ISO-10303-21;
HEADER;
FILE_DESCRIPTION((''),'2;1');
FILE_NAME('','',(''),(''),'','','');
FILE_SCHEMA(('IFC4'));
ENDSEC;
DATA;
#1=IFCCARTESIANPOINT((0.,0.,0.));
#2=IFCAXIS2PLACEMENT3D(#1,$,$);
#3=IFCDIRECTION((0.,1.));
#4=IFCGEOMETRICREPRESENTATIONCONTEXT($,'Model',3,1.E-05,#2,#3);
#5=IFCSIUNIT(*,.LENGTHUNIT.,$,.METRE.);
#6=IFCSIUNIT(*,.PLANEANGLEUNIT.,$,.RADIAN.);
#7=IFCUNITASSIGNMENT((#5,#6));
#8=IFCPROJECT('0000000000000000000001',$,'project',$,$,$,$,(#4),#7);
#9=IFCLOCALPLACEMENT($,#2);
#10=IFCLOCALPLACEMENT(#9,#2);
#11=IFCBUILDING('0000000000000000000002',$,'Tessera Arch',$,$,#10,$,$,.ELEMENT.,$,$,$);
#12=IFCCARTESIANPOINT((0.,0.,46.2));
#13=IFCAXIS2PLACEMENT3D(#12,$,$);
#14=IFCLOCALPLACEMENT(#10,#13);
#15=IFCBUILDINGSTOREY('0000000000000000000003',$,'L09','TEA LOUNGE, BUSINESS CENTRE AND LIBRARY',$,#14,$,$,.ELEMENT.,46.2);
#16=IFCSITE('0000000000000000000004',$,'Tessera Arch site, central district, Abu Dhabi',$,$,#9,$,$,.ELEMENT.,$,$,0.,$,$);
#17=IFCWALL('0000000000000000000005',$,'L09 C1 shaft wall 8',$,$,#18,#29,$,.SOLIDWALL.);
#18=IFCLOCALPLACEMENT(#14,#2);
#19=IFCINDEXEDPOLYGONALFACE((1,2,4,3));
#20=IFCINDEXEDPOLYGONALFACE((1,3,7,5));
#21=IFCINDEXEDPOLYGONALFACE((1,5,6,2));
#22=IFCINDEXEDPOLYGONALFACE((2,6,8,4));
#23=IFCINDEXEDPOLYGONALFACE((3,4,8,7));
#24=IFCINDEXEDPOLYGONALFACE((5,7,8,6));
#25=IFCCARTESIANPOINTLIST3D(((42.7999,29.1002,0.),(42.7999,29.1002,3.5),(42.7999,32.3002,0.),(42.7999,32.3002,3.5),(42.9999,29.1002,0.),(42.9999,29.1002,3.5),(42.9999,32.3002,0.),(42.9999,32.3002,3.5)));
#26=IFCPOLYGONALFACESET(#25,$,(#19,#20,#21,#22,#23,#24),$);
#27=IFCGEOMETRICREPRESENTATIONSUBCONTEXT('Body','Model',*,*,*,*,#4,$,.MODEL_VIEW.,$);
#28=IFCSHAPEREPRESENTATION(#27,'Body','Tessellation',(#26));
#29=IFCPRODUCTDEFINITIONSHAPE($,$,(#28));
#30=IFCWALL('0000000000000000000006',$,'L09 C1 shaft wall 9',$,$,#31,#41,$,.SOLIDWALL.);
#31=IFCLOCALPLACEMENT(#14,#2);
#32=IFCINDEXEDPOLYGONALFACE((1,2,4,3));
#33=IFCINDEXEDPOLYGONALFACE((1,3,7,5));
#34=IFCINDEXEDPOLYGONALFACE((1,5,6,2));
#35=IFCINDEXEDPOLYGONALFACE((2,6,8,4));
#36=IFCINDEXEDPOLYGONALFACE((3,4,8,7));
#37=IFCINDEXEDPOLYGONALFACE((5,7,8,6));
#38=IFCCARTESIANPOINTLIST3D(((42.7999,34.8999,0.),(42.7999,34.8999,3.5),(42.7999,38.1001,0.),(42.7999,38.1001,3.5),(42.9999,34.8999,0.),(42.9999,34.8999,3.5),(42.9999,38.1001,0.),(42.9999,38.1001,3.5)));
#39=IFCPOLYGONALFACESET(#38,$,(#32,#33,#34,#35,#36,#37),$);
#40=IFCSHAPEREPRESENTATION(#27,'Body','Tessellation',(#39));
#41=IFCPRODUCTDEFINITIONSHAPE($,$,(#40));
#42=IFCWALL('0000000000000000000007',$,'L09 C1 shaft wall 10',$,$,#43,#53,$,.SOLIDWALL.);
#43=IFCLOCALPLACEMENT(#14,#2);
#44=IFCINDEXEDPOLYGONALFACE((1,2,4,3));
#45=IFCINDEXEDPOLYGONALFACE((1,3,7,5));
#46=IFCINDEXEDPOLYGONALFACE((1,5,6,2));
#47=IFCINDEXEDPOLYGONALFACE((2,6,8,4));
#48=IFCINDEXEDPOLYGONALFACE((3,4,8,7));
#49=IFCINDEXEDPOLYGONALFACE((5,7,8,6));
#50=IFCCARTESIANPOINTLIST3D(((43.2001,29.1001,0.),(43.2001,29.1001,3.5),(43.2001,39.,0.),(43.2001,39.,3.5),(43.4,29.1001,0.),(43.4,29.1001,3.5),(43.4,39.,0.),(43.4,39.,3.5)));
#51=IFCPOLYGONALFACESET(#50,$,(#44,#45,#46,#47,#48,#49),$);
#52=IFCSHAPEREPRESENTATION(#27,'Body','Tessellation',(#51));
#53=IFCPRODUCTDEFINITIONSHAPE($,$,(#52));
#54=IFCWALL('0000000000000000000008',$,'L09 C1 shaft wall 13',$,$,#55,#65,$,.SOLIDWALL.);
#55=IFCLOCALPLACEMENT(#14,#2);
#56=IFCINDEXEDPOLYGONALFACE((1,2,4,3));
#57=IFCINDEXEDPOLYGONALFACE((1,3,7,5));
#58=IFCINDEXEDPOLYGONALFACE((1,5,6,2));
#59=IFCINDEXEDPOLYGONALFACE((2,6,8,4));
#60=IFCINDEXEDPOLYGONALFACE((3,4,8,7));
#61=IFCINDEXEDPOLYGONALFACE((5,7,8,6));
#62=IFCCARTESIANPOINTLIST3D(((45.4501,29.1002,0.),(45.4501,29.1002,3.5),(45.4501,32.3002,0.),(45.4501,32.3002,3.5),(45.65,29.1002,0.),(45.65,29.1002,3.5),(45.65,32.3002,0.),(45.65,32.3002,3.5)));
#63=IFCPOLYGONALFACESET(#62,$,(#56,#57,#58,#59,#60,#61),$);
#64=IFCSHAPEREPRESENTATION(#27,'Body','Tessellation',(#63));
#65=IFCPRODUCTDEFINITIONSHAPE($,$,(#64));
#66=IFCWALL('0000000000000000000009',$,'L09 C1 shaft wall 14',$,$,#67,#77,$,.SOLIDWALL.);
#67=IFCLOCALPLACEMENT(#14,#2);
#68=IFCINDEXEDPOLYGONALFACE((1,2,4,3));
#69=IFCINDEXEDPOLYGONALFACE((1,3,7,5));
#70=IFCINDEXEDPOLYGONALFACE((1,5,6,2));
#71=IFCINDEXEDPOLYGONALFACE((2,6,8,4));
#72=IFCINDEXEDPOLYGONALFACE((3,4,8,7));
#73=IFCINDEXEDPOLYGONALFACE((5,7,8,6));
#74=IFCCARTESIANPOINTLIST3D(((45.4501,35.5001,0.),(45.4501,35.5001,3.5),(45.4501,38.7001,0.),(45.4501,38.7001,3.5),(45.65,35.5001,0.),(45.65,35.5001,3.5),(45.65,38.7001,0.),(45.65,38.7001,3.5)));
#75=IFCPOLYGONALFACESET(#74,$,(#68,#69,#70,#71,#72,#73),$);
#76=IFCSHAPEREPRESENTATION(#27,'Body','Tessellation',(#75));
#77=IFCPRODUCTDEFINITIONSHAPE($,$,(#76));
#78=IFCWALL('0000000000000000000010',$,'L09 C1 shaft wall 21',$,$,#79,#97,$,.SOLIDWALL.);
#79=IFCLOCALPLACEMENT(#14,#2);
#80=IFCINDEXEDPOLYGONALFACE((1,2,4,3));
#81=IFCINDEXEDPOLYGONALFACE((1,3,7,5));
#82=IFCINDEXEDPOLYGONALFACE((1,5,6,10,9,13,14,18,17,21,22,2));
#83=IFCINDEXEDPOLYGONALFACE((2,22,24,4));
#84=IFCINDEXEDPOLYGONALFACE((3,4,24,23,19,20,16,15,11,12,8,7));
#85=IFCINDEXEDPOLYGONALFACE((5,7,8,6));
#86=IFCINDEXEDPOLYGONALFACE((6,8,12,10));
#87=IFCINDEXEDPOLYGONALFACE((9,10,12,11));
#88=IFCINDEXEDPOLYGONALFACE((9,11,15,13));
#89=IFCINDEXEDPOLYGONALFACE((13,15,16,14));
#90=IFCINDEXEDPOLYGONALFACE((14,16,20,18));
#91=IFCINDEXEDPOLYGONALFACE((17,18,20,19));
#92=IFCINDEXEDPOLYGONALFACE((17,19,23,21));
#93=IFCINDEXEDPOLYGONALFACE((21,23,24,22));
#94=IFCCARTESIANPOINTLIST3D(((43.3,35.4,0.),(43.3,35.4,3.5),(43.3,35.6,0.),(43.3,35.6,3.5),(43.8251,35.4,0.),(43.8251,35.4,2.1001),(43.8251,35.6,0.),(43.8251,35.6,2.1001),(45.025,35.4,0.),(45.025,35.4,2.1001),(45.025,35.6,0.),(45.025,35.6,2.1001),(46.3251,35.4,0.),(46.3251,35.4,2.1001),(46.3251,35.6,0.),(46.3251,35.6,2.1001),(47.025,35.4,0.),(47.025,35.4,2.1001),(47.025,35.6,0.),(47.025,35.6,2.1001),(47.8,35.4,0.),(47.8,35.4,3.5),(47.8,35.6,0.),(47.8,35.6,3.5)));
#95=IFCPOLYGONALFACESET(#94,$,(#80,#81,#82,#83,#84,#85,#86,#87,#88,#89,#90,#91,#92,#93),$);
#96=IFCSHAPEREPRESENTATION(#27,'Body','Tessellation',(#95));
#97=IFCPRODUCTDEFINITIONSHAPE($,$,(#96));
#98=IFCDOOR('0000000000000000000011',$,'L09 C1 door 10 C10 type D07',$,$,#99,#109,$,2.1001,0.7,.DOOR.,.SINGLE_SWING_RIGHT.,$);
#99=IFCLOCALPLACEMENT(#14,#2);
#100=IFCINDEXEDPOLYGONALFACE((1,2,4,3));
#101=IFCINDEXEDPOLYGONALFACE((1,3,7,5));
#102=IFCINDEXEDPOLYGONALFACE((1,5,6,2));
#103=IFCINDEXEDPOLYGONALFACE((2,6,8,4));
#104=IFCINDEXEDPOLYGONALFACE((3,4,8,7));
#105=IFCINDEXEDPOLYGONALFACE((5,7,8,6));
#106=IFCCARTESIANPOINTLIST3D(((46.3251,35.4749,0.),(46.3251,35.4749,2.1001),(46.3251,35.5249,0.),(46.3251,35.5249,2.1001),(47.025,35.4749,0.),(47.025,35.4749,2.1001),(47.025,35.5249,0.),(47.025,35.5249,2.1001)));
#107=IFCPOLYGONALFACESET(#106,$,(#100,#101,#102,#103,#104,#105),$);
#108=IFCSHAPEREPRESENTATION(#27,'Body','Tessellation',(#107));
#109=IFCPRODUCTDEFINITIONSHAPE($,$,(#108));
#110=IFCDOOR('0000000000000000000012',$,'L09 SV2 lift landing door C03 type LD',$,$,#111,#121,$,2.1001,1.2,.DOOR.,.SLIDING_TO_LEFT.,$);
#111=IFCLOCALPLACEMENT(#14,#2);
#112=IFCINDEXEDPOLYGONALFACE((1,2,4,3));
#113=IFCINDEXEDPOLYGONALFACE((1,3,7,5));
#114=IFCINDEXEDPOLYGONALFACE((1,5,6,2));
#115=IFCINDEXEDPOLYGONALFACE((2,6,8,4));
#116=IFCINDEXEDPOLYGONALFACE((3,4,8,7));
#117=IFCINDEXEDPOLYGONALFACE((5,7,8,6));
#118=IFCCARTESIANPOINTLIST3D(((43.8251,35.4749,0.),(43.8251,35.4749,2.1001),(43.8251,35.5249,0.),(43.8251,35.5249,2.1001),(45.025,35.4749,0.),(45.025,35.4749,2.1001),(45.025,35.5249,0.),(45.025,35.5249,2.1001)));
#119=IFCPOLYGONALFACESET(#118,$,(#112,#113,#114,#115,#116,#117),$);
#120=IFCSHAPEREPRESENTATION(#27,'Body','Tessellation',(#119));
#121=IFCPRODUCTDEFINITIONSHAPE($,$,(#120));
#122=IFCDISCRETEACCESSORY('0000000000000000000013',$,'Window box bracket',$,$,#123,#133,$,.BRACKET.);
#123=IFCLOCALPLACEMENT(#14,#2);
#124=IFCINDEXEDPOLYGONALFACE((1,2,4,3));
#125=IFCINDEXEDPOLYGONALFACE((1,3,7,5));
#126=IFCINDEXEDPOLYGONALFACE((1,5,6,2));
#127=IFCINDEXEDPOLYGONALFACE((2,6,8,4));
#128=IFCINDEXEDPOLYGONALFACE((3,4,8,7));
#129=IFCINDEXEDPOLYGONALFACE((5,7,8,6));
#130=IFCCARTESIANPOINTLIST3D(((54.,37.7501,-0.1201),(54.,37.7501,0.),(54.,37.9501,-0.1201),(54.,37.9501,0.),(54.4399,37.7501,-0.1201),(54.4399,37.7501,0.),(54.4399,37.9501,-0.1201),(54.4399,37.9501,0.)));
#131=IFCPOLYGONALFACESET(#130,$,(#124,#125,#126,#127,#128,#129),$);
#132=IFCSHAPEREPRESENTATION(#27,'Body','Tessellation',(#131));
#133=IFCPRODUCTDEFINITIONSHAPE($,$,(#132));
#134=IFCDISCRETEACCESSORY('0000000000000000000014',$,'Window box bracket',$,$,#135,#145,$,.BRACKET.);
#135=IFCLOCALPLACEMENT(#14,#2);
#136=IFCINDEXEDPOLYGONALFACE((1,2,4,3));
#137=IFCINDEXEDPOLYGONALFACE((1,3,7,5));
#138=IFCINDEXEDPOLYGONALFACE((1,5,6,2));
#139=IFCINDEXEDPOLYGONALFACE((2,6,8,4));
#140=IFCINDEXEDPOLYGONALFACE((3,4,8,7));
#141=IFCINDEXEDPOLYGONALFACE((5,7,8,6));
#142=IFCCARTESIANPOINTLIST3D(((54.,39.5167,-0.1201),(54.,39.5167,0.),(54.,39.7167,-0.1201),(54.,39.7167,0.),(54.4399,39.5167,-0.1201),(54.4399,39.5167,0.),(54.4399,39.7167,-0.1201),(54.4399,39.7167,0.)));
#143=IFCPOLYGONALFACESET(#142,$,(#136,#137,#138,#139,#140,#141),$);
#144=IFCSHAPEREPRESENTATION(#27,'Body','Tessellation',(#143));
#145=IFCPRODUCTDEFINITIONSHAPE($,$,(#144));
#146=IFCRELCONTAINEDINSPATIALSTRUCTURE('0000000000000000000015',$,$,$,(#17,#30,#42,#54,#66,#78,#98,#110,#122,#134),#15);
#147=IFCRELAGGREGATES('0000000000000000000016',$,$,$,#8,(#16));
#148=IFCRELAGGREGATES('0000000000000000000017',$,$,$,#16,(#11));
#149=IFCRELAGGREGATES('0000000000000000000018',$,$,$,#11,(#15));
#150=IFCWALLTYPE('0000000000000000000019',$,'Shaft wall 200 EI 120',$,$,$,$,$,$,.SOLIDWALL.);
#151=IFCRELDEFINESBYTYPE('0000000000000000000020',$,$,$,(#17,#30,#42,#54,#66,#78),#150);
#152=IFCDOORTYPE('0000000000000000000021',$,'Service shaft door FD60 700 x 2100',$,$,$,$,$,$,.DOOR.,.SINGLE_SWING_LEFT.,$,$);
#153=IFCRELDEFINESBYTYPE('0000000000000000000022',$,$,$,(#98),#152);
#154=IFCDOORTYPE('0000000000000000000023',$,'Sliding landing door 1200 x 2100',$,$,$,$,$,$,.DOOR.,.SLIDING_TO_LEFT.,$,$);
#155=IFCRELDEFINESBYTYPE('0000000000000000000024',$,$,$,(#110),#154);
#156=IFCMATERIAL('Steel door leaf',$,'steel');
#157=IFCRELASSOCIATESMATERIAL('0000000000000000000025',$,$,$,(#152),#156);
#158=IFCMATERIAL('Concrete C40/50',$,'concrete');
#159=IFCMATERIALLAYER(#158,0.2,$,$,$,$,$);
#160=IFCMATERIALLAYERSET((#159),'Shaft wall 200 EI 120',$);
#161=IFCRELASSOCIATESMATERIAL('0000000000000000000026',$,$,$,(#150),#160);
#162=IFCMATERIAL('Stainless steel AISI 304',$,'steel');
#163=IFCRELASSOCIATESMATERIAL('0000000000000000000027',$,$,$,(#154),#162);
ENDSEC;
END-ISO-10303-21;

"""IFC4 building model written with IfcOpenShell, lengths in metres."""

from ifc_helpers import new_model, si_unit, direction, frame, frame_2d, origin, origin_2d, place, context, subcontext, project, spatial, rectangle, extrude, material, layer, layer_set, type_object, element, fill, save


model = new_model("IFC4")

# Units and contexts
model_context = context("Model", 3, precision=1e-05, world=origin(), true_north=direction((0.0, 1.0)))
body_context = subcontext(model_context, "Body", "Model", "MODEL_VIEW")
ifc_project = project(units=[si_unit("LENGTHUNIT", "METRE"), si_unit("PLANEANGLEUNIT", "RADIAN")], contexts=[model_context])

# Site, building, storey
site_placement = place(None, origin())
site = spatial("IfcSite", under=ifc_project, at=site_placement, Name="Tessera Arch site, central district, Abu Dhabi", CompositionType="ELEMENT", RefElevation=0.0)
building_placement = place(site_placement, origin())
building = spatial("IfcBuilding", under=site, at=building_placement, Name="Tessera Arch", CompositionType="ELEMENT")
storey_placement = place(building_placement, frame((0.0, 0.0, 46.2)))
storey = spatial("IfcBuildingStorey", under=building, at=storey_placement, Name="L09", Description="TEA LOUNGE, BUSINESS CENTRE AND LIBRARY", CompositionType="ELEMENT", Elevation=46.2)

# Shared definitions
ifc_material_1 = material(Name="Steel door leaf", Category="steel")
door_type_1 = type_object("IfcDoorType", Name="Service shaft door FD60 700 x 2100", OperationType="SINGLE_SWING_LEFT", PredefinedType="DOOR", material=ifc_material_1)

# Walls
ifc_material_2 = material(Name="Concrete C40/50", Category="concrete")
ifc_layer_1 = layer(ifc_material_2, 0.2)
ifc_layer_set_1 = layer_set([ifc_layer_1], Name="Shaft wall 200 EI 120")
wall_type_1 = type_object("IfcWallType", Name="Shaft wall 200 EI 120", PredefinedType="SOLIDWALL", material=ifc_layer_set_1)
wall_1_placement = place(storey_placement, frame((42.8999, 29.1001, 0.0), z_axis=(0.0, 0.0, 1.0), x_axis=(0.0, 1.0, 0.0)))
element("IfcWall", 1, at=wall_1_placement, inside=storey, type_object=wall_type_1, Name="L09 C1 shaft wall 8", PredefinedType="SOLIDWALL", context=body_context, shape_type="SweptSolid", body=[
    extrude(rectangle(XDim=3.2, YDim=0.2, at=frame_2d((1.6001, 0.0))), origin(), (0.0, 0.0, 1.0), 3.5),
])
wall_2_placement = place(storey_placement, frame((42.8999, 34.8999, 0.0), z_axis=(0.0, 0.0, 1.0), x_axis=(0.0, 1.0, 0.0)))
element("IfcWall", 2, at=wall_2_placement, inside=storey, type_object=wall_type_1, Name="L09 C1 shaft wall 9", PredefinedType="SOLIDWALL", context=body_context, shape_type="SweptSolid", body=[
    extrude(rectangle(XDim=3.2002, YDim=0.2, at=frame_2d((1.6001, 0.0))), origin(), (0.0, 0.0, 1.0), 3.5),
])
wall_3_placement = place(storey_placement, frame((43.3, 29.1001, 0.0), z_axis=(0.0, 0.0, 1.0), x_axis=(0.0, 1.0, 0.0)))
element("IfcWall", 3, at=wall_3_placement, inside=storey, type_object=wall_type_1, Name="L09 C1 shaft wall 10", PredefinedType="SOLIDWALL", context=body_context, shape_type="SweptSolid", body=[
    extrude(rectangle(XDim=9.8999, YDim=0.2, at=frame_2d((4.95, 0.0))), origin(), (0.0, 0.0, 1.0), 3.5),
])
for number, where, z_axis, x_axis, name in (
    (4, (45.55, 29.1001, 0.0), (0.0, 0.0, 1.0), (0.0, 1.0, 0.0), "L09 C1 shaft wall 13"),
    (5, (45.55, 35.5, 0.0), (0.0, 0.0, 1.0), (0.0, 1.0, 0.0), "L09 C1 shaft wall 14"),
):
    element("IfcWall", number, at=place(storey_placement, frame(where, z_axis=z_axis, x_axis=x_axis)), inside=storey, type_object=wall_type_1, Name=name, PredefinedType="SOLIDWALL", context=body_context, shape_type="SweptSolid", body=[
        extrude(rectangle(XDim=3.2, YDim=0.2, at=frame_2d((1.6001, 0.0))), origin(), (0.0, 0.0, 1.0), 3.5),
    ])

# Wall, openings, doors
wall_4_placement = place(storey_placement, frame((43.3, 35.5, 0.0), z_axis=(0.0, 0.0, 1.0), x_axis=(1.0, 0.0, 0.0)))
wall_4 = element("IfcWall", 6, at=wall_4_placement, inside=storey, type_object=wall_type_1, Name="L09 C1 shaft wall 21", PredefinedType="SOLIDWALL", context=body_context, shape_type="SweptSolid", body=[
    extrude(rectangle(XDim=4.5, YDim=0.2, at=frame_2d((2.25, 0.0))), origin(), (0.0, 0.0, 1.0), 3.5),
])
opening_1_placement = place(wall_4_placement, frame((0.5249, 0.0, 0.0)))
opening_1 = element("IfcOpeningElement", 7, at=opening_1_placement, cuts=wall_4, PredefinedType="OPENING", context=body_context, shape_type="SweptSolid", body=[
    extrude(rectangle(XDim=1.2, YDim=2.1001, at=frame_2d((0.6001, 1.05))), frame((0.0, 0.1099, 0.0), z_axis=(0.0, -1.0, 0.0), x_axis=(1.0, 0.0, 0.0)), (0.0, 0.0, 1.0), 0.22),
])
opening_2_placement = place(wall_4_placement, frame((3.0249, 0.0, 0.0)))
opening_2 = element("IfcOpeningElement", 8, at=opening_2_placement, cuts=wall_4, PredefinedType="OPENING", context=body_context, shape_type="SweptSolid", body=[
    extrude(rectangle(XDim=0.7, YDim=2.1001, at=frame_2d((0.3501, 1.05))), frame((0.0, 0.1099, 0.0), z_axis=(0.0, -1.0, 0.0), x_axis=(1.0, 0.0, 0.0)), (0.0, 0.0, 1.0), 0.22),
])
door_1_placement = place(opening_2_placement, origin())
door_1 = element("IfcDoor", 9, at=door_1_placement, inside=storey, type_object=door_type_1, Name="L09 C1 door 10 C10 type D07", OperationType="SINGLE_SWING_RIGHT", OverallHeight=2.1001, OverallWidth=0.7, PredefinedType="DOOR", context=body_context, shape_type="SweptSolid", body=[
    extrude(rectangle(XDim=0.7, YDim=2.1001, at=frame_2d((0.3501, 1.05))), frame((0.0, 0.0249, 0.0), z_axis=(0.0, -1.0, 0.0), x_axis=(1.0, 0.0, 0.0)), (0.0, 0.0, 1.0), 0.05),
])
fill(opening_2, door_1)
ifc_material_3 = material(Name="Stainless steel AISI 304", Category="steel")
door_type_2 = type_object("IfcDoorType", Name="Sliding landing door 1200 x 2100", OperationType="SLIDING_TO_LEFT", PredefinedType="DOOR", material=ifc_material_3)
door_2_placement = place(opening_1_placement, origin())
door_2 = element("IfcDoor", 10, at=door_2_placement, inside=storey, type_object=door_type_2, Name="L09 SV2 lift landing door C03 type LD", OperationType="SLIDING_TO_LEFT", OverallHeight=2.1001, OverallWidth=1.2, PredefinedType="DOOR", context=body_context, shape_type="SweptSolid", body=[
    extrude(rectangle(XDim=1.2, YDim=2.1001, at=frame_2d((0.6001, 1.05))), frame((0.0, 0.0249, 0.0), z_axis=(0.0, -1.0, 0.0), x_axis=(1.0, 0.0, 0.0)), (0.0, 0.0, 1.0), 0.05),
])
fill(opening_1, door_2)

# Discrete accessories
for number, where, z_axis, x_axis, name in (
    (11, (54.22, 37.8501, -0.1201), (0.0, 0.0, 1.0), (1.0, 0.0, 0.0), "Window box bracket"),
    (12, (54.22, 39.6167, -0.1201), (0.0, 0.0, 1.0), (1.0, 0.0, 0.0), "Window box bracket"),
):
    element("IfcDiscreteAccessory", number, at=place(storey_placement, frame(where, z_axis=z_axis, x_axis=x_axis)), inside=storey, Name=name, PredefinedType="BRACKET", context=body_context, shape_type="SweptSolid", body=[
        extrude(rectangle(XDim=0.4399, YDim=0.2, at=origin_2d()), origin(), (0.0, 0.0, 1.0), 0.1201),
    ])

save(model, "model.ifc")
